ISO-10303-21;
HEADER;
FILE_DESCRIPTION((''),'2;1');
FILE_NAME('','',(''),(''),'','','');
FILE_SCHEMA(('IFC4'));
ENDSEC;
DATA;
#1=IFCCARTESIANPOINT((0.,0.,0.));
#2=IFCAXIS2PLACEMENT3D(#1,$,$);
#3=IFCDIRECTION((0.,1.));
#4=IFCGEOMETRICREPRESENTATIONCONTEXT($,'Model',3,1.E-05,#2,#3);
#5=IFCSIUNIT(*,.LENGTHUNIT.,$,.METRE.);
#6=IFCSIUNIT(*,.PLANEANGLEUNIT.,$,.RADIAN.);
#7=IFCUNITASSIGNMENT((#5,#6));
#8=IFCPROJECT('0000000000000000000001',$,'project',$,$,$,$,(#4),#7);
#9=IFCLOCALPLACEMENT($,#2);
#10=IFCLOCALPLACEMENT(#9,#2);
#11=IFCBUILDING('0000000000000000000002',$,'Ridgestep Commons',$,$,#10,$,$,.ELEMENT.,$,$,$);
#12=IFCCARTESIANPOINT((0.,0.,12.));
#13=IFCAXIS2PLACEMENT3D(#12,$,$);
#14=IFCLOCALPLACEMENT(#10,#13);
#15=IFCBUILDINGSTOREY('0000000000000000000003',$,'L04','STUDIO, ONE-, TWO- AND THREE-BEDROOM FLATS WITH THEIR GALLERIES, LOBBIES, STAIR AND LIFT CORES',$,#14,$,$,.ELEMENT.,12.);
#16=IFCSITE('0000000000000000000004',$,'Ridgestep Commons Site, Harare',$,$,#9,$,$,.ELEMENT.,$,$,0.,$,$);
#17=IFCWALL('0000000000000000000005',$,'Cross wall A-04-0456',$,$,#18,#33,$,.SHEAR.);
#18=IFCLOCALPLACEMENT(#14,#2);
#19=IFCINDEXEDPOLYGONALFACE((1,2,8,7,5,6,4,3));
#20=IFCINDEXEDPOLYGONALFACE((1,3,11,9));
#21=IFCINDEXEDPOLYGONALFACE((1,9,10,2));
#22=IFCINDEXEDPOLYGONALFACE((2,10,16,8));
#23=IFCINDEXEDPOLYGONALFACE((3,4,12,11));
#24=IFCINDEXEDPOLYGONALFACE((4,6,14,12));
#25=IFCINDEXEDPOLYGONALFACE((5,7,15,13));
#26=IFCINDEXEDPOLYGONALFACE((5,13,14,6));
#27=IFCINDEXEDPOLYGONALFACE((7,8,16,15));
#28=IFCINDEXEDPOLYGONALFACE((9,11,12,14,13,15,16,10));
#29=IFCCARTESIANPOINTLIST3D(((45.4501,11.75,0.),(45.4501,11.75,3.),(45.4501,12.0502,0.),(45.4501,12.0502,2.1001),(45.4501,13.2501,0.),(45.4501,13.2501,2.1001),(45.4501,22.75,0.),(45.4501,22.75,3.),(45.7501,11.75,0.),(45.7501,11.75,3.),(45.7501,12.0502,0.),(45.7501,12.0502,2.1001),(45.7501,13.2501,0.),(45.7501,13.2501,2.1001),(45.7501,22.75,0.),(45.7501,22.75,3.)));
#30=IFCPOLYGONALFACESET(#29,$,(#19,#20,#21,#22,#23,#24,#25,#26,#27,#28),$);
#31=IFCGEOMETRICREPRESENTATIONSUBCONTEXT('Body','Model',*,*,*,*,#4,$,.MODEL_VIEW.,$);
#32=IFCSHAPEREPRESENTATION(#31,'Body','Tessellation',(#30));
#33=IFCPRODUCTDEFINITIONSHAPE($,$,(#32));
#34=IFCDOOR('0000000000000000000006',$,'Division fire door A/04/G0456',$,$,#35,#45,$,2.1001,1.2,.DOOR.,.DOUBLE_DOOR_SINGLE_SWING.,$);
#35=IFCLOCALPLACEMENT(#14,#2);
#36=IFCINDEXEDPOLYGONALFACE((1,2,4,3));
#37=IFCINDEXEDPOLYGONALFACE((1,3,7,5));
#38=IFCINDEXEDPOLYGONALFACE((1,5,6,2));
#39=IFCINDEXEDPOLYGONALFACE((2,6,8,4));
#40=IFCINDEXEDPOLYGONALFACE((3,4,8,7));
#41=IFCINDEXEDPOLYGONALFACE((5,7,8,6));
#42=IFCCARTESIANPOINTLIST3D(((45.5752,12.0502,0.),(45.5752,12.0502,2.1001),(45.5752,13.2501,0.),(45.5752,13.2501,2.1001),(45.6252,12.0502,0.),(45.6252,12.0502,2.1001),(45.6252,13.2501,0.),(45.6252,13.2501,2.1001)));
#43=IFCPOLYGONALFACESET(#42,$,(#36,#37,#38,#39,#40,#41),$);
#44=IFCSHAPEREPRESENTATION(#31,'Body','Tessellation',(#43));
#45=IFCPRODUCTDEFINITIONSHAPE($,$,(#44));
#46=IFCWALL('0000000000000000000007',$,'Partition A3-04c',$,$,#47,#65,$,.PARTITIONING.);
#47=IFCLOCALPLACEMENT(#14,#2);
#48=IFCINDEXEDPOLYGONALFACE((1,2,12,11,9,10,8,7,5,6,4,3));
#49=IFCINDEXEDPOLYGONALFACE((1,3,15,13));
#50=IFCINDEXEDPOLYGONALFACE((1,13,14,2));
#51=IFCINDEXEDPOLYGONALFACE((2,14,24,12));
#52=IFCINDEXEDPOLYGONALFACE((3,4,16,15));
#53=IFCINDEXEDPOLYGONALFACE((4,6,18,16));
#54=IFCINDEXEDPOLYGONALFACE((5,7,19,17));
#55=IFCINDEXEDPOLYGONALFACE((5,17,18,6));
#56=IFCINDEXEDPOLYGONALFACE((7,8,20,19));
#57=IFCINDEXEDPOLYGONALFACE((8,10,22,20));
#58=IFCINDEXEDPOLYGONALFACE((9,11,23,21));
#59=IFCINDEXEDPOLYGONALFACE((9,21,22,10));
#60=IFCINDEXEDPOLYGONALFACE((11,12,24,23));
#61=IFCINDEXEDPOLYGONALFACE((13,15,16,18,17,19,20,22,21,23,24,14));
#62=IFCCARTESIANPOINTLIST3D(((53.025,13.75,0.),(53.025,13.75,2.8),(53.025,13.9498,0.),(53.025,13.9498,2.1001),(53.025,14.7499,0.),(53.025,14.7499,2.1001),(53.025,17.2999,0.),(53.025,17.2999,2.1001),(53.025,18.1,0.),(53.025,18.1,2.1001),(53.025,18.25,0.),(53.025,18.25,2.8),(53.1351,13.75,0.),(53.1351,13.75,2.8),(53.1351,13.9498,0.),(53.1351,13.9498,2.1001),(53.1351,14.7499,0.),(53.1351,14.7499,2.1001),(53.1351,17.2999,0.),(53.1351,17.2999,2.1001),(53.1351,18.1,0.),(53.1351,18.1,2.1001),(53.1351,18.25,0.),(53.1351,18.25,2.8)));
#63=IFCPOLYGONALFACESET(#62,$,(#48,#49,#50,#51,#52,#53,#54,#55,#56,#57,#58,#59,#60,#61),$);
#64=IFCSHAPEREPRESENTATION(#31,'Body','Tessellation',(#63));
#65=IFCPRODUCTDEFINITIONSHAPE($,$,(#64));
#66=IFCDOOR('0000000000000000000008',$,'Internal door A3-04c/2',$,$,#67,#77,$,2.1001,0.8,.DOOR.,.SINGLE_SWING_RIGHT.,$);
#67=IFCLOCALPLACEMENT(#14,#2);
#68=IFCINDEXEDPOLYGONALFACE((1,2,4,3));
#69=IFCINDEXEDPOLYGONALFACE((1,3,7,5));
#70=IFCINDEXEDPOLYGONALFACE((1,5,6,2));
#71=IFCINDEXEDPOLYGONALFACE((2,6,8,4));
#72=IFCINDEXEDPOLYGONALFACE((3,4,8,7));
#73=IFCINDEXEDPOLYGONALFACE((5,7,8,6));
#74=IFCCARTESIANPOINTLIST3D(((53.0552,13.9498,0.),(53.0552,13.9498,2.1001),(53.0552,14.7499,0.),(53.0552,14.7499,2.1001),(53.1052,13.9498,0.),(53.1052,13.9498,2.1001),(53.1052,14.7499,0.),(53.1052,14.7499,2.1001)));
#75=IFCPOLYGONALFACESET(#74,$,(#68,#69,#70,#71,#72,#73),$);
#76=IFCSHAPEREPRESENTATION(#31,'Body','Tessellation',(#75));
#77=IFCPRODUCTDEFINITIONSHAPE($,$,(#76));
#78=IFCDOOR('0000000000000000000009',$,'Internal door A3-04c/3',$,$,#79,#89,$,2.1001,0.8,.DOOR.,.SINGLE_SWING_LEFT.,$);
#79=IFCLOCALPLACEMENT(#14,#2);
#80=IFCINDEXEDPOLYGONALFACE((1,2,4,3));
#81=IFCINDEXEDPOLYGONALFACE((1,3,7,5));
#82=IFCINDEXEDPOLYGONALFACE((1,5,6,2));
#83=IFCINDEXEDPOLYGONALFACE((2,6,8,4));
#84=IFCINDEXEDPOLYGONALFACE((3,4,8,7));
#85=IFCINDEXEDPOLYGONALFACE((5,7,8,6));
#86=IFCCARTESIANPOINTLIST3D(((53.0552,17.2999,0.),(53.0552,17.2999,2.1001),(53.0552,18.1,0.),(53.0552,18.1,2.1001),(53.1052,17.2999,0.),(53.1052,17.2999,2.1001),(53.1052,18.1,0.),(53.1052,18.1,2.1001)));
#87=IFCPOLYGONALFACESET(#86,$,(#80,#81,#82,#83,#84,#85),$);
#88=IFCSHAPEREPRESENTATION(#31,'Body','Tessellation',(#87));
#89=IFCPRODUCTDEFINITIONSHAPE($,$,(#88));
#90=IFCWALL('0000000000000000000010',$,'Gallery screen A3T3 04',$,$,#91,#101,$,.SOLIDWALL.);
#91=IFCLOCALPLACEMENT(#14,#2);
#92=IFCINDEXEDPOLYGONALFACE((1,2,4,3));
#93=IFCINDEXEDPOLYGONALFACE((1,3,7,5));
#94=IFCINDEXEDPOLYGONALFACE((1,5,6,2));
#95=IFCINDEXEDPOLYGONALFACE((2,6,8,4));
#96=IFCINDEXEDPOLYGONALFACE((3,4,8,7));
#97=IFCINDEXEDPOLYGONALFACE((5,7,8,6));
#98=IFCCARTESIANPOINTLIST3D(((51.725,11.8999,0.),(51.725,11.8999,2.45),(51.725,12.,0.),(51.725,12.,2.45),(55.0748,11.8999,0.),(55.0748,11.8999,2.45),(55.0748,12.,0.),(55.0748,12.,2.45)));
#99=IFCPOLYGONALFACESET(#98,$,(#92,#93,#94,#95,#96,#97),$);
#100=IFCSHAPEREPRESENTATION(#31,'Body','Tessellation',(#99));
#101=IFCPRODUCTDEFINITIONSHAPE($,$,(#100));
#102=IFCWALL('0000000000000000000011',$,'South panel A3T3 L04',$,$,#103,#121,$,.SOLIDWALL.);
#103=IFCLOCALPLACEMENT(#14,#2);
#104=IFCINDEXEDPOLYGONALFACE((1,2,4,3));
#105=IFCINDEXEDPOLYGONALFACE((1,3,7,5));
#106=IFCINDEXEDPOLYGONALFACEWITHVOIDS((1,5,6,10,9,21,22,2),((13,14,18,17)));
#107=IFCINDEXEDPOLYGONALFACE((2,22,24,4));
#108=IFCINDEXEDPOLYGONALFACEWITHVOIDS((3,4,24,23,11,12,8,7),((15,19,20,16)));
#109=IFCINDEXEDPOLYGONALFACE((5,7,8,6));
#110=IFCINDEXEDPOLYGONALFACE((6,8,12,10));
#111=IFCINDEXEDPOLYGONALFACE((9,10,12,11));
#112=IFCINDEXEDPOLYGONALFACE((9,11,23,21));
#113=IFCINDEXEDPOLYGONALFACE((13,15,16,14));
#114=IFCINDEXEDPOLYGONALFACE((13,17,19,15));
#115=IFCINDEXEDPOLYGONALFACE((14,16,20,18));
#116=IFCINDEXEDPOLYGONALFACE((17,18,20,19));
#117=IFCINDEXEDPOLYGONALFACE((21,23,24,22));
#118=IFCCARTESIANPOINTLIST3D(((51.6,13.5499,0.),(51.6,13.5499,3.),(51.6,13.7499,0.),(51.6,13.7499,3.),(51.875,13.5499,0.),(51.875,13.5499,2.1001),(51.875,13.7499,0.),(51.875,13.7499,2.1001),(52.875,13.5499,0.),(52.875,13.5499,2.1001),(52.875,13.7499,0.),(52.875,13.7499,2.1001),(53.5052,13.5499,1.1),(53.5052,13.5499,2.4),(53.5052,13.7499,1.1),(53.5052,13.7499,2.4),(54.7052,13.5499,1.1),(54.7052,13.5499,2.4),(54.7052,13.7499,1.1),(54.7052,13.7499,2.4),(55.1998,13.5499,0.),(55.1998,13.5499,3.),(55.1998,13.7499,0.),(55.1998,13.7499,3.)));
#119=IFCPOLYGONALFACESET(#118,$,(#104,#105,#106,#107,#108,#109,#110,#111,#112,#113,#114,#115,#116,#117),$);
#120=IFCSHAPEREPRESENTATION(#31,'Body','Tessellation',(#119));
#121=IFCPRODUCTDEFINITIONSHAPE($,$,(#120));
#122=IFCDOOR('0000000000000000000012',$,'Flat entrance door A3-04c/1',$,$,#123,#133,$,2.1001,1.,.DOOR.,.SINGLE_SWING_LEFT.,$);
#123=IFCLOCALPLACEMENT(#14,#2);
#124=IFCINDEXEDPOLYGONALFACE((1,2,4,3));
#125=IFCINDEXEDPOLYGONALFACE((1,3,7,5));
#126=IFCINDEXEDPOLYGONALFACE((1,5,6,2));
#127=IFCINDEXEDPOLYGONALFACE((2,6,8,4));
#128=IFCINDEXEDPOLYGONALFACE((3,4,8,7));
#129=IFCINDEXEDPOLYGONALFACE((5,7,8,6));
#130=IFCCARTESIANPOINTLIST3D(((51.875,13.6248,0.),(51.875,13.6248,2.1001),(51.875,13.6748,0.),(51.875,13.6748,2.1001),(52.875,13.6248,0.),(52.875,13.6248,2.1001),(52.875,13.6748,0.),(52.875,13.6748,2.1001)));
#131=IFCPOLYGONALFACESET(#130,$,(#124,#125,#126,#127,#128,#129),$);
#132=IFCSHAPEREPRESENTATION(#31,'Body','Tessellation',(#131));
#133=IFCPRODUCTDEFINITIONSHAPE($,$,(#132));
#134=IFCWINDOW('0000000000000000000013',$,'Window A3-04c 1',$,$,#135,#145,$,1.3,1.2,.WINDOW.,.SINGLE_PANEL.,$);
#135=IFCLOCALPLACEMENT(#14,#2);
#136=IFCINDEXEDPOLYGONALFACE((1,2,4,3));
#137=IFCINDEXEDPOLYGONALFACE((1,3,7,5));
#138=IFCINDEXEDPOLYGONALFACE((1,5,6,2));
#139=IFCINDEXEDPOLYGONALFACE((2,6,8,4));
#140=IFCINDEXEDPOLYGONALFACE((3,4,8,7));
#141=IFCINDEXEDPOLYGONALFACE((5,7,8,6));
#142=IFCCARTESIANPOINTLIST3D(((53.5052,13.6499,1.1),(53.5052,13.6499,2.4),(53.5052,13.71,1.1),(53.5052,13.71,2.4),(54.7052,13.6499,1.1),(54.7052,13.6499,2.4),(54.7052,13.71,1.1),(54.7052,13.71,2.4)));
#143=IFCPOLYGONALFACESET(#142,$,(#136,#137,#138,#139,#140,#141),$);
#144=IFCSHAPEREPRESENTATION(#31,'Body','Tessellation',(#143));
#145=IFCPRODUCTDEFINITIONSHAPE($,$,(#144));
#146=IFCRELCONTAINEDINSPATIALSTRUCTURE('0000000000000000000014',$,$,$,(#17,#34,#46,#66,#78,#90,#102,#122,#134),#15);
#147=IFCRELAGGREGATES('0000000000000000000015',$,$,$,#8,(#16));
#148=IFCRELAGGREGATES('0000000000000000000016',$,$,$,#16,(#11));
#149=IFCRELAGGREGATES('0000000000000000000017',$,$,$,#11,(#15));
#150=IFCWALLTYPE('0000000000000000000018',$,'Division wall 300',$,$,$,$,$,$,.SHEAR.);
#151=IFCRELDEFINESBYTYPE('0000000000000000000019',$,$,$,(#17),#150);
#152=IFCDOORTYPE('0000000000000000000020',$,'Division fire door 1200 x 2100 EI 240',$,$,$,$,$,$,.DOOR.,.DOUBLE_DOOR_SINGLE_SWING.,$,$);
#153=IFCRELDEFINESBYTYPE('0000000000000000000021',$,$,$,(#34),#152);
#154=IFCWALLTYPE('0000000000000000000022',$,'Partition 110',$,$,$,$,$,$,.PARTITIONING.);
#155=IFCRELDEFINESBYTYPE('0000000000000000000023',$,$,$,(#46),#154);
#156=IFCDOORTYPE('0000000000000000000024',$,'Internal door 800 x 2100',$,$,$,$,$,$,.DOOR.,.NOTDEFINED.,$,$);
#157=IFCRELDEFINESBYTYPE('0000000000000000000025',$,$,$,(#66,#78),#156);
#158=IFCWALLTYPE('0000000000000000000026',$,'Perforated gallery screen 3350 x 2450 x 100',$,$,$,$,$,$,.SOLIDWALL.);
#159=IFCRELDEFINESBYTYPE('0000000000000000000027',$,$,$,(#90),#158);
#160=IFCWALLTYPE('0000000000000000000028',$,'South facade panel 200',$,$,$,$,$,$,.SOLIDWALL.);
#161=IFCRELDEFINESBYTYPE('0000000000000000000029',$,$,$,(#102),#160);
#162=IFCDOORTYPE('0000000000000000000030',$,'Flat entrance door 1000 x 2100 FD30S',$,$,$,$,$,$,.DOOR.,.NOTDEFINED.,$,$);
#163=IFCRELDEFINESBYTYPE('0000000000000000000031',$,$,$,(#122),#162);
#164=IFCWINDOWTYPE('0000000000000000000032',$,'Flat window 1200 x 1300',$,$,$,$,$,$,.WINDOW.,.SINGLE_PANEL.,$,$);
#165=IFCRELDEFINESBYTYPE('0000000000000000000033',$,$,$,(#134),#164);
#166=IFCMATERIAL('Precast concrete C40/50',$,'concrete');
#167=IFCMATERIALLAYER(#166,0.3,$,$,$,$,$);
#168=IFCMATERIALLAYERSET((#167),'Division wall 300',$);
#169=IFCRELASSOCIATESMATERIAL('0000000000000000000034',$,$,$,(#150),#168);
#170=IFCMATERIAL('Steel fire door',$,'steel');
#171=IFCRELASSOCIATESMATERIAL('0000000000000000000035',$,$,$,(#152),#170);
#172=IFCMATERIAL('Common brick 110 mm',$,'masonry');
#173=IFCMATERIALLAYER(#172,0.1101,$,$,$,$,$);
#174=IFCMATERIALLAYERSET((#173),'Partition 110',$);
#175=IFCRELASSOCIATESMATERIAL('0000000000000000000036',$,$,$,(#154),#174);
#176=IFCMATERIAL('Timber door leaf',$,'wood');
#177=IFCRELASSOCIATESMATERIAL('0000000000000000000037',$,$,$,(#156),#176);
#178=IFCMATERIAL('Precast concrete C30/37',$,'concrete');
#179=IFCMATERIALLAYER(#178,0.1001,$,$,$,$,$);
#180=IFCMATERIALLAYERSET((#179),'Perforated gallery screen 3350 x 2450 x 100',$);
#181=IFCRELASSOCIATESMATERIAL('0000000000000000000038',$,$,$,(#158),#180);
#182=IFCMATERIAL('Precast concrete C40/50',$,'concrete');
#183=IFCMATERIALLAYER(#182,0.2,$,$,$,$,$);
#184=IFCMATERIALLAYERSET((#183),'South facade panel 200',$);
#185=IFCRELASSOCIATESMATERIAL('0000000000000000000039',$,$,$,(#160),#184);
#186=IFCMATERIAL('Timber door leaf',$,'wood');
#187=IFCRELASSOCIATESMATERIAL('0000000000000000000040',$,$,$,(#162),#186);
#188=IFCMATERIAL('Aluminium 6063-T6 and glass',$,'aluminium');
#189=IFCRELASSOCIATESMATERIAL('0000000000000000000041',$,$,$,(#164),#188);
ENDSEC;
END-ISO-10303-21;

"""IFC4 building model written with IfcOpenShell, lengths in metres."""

from ifc_helpers import new_model, si_unit, direction, frame, frame_2d, origin, place, context, subcontext, project, spatial, rectangle, extrude, material, layer, layer_set, type_object, element, fill, save


model = new_model("IFC4")

# Units and contexts
model_context = context("Model", 3, precision=1e-05, world=origin(), true_north=direction((0.0, 1.0)))
body_context = subcontext(model_context, "Body", "Model", "MODEL_VIEW")
ifc_project = project(units=[si_unit("LENGTHUNIT", "METRE"), si_unit("PLANEANGLEUNIT", "RADIAN")], contexts=[model_context])

# Site, building, storey
site_placement = place(None, origin())
site = spatial("IfcSite", under=ifc_project, at=site_placement, Name="Ridgestep Commons Site, Harare", CompositionType="ELEMENT", RefElevation=0.0)
building_placement = place(site_placement, origin())
building = spatial("IfcBuilding", under=site, at=building_placement, Name="Ridgestep Commons", CompositionType="ELEMENT")
storey_placement = place(building_placement, frame((0.0, 0.0, 12.0)))
storey = spatial("IfcBuildingStorey", under=building, at=storey_placement, Name="L04", Description="STUDIO, ONE-, TWO- AND THREE-BEDROOM FLATS WITH THEIR GALLERIES, LOBBIES, STAIR AND LIFT CORES", CompositionType="ELEMENT", Elevation=12.0)

# Wall, opening, door
ifc_material_1 = material(Name="Precast concrete C40/50", Category="concrete")
ifc_layer_1 = layer(ifc_material_1, 0.3)
ifc_layer_set_1 = layer_set([ifc_layer_1], Name="Division wall 300")
wall_type_1 = type_object("IfcWallType", Name="Division wall 300", PredefinedType="SHEAR", material=ifc_layer_set_1)
wall_1_placement = place(storey_placement, frame((45.6001, 11.75, 0.0), z_axis=(0.0, 0.0, 1.0), x_axis=(0.0, 1.0, 0.0)))
wall_1 = element("IfcWall", 1, at=wall_1_placement, inside=storey, type_object=wall_type_1, Name="Cross wall A-04-0456", PredefinedType="SHEAR", context=body_context, shape_type="SweptSolid", body=[
    extrude(rectangle(XDim=11.0, YDim=0.3, at=frame_2d((5.5, 0.0))), origin(), (0.0, 0.0, 1.0), 3.0),
])
opening_1_placement = place(wall_1_placement, frame((0.3, 0.0, 0.0)))
opening_1 = element("IfcOpeningElement", 2, at=opening_1_placement, cuts=wall_1, PredefinedType="OPENING", context=body_context, shape_type="SweptSolid", body=[
    extrude(rectangle(XDim=1.2, YDim=2.1001, at=frame_2d((0.6001, 1.05))), frame((0.0, 0.1599, 0.0), z_axis=(0.0, -1.0, 0.0), x_axis=(1.0, 0.0, 0.0)), (0.0, 0.0, 1.0), 0.3201),
])
ifc_material_2 = material(Name="Steel fire door", Category="steel")
door_type_1 = type_object("IfcDoorType", Name="Division fire door 1200 x 2100 EI 240", OperationType="DOUBLE_DOOR_SINGLE_SWING", PredefinedType="DOOR", material=ifc_material_2)
door_1_placement = place(opening_1_placement, origin())
door_1 = element("IfcDoor", 3, at=door_1_placement, inside=storey, type_object=door_type_1, Name="Division fire door A/04/G0456", OperationType="DOUBLE_DOOR_SINGLE_SWING", OverallHeight=2.1001, OverallWidth=1.2, PredefinedType="DOOR", context=body_context, shape_type="SweptSolid", body=[
    extrude(rectangle(XDim=1.2, YDim=2.1001, at=frame_2d((0.6001, 1.05))), frame((0.0, 0.0249, 0.0), z_axis=(0.0, -1.0, 0.0), x_axis=(1.0, 0.0, 0.0)), (0.0, 0.0, 1.0), 0.05),
])
fill(opening_1, door_1)

# Wall, openings, doors
ifc_material_3 = material(Name="Common brick 110 mm", Category="masonry")
ifc_layer_2 = layer(ifc_material_3, 0.1101)
ifc_layer_set_2 = layer_set([ifc_layer_2], Name="Partition 110")
wall_type_2 = type_object("IfcWallType", Name="Partition 110", PredefinedType="PARTITIONING", material=ifc_layer_set_2)
wall_2_placement = place(storey_placement, frame((53.0801, 13.75, 0.0), z_axis=(0.0, 0.0, 1.0), x_axis=(0.0, 1.0, 0.0)))
wall_2 = element("IfcWall", 4, at=wall_2_placement, inside=storey, type_object=wall_type_2, Name="Partition A3-04c", PredefinedType="PARTITIONING", context=body_context, shape_type="SweptSolid", body=[
    extrude(rectangle(XDim=4.5, YDim=0.1101, at=frame_2d((2.25, 0.0))), origin(), (0.0, 0.0, 1.0), 2.8),
])
opening_2_placement = place(wall_2_placement, frame((0.2, 0.0, 0.0)))
opening_2 = element("IfcOpeningElement", 5, at=opening_2_placement, cuts=wall_2, PredefinedType="OPENING", context=body_context, shape_type="SweptSolid", body=[
    extrude(rectangle(XDim=0.8, YDim=2.1001, at=frame_2d((0.3999, 1.05))), frame((0.0, 0.0649, 0.0), z_axis=(0.0, -1.0, 0.0), x_axis=(1.0, 0.0, 0.0)), (0.0, 0.0, 1.0), 0.1301),
])
opening_3_placement = place(wall_2_placement, frame((3.55, 0.0, 0.0)))
opening_3 = element("IfcOpeningElement", 6, at=opening_3_placement, cuts=wall_2, PredefinedType="OPENING", context=body_context, shape_type="SweptSolid", body=[
    extrude(rectangle(XDim=0.8, YDim=2.1001, at=frame_2d((0.3999, 1.05))), frame((0.0, 0.0649, 0.0), z_axis=(0.0, -1.0, 0.0), x_axis=(1.0, 0.0, 0.0)), (0.0, 0.0, 1.0), 0.1301),
])
ifc_material_4 = material(Name="Timber door leaf", Category="wood")
door_type_2 = type_object("IfcDoorType", Name="Internal door 800 x 2100", OperationType="NOTDEFINED", PredefinedType="DOOR", material=ifc_material_4)
door_2_placement = place(opening_2_placement, origin())
door_2 = element("IfcDoor", 7, at=door_2_placement, inside=storey, type_object=door_type_2, Name="Internal door A3-04c/2", OperationType="SINGLE_SWING_RIGHT", OverallHeight=2.1001, OverallWidth=0.8, PredefinedType="DOOR", context=body_context, shape_type="SweptSolid", body=[
    extrude(rectangle(XDim=0.8, YDim=2.1001, at=frame_2d((0.3999, 1.05))), frame((0.0, 0.0249, 0.0), z_axis=(0.0, -1.0, 0.0), x_axis=(1.0, 0.0, 0.0)), (0.0, 0.0, 1.0), 0.05),
])
fill(opening_2, door_2)
door_3_placement = place(opening_3_placement, origin())
door_3 = element("IfcDoor", 8, at=door_3_placement, inside=storey, type_object=door_type_2, Name="Internal door A3-04c/3", OperationType="SINGLE_SWING_LEFT", OverallHeight=2.1001, OverallWidth=0.8, PredefinedType="DOOR", context=body_context, shape_type="SweptSolid", body=[
    extrude(rectangle(XDim=0.8, YDim=2.1001, at=frame_2d((0.3999, 1.05))), frame((0.0, 0.0249, 0.0), z_axis=(0.0, -1.0, 0.0), x_axis=(1.0, 0.0, 0.0)), (0.0, 0.0, 1.0), 0.05),
])
fill(opening_3, door_3)

# Wall
ifc_material_5 = material(Name="Precast concrete C30/37", Category="concrete")
ifc_layer_3 = layer(ifc_material_5, 0.1001)
ifc_layer_set_3 = layer_set([ifc_layer_3], Name="Perforated gallery screen 3350 x 2450 x 100")
wall_type_3 = type_object("IfcWallType", Name="Perforated gallery screen 3350 x 2450 x 100", PredefinedType="SOLIDWALL", material=ifc_layer_set_3)
wall_3_placement = place(storey_placement, frame((51.7251, 11.95, 0.0), z_axis=(0.0, 0.0, 1.0), x_axis=(1.0, 0.0, 0.0)))
element("IfcWall", 9, at=wall_3_placement, inside=storey, type_object=wall_type_3, Name="Gallery screen A3T3 04", PredefinedType="SOLIDWALL", context=body_context, shape_type="SweptSolid", body=[
    extrude(rectangle(XDim=3.3499, YDim=0.1001, at=frame_2d((1.6748, 0.0))), origin(), (0.0, 0.0, 1.0), 2.45),
])

# Wall, openings, door, window
ifc_material_6 = material(Name="Precast concrete C40/50", Category="concrete")
ifc_layer_4 = layer(ifc_material_6, 0.2)
ifc_layer_set_4 = layer_set([ifc_layer_4], Name="South facade panel 200")
wall_type_4 = type_object("IfcWallType", Name="South facade panel 200", PredefinedType="SOLIDWALL", material=ifc_layer_set_4)
wall_4_placement = place(storey_placement, frame((51.6001, 13.6499, 0.0), z_axis=(0.0, 0.0, 1.0), x_axis=(1.0, 0.0, 0.0)))
wall_4 = element("IfcWall", 10, at=wall_4_placement, inside=storey, type_object=wall_type_4, Name="South panel A3T3 L04", PredefinedType="SOLIDWALL", context=body_context, shape_type="SweptSolid", body=[
    extrude(rectangle(XDim=3.5999, YDim=0.2, at=frame_2d((1.7998, 0.0))), origin(), (0.0, 0.0, 1.0), 3.0),
])
opening_4_placement = place(wall_4_placement, frame((1.905, 0.0, 1.1001)))
opening_4 = element("IfcOpeningElement", 11, at=opening_4_placement, cuts=wall_4, PredefinedType="OPENING", context=body_context, shape_type="SweptSolid", body=[
    extrude(rectangle(XDim=1.2, YDim=1.3, at=frame_2d((0.6001, 0.6499))), frame((0.0, 0.1099, 0.0), z_axis=(0.0, -1.0, 0.0), x_axis=(1.0, 0.0, 0.0)), (0.0, 0.0, 1.0), 0.22),
])
opening_5_placement = place(wall_4_placement, frame((0.2749, 0.0, 0.0)))
opening_5 = element("IfcOpeningElement", 12, at=opening_5_placement, cuts=wall_4, PredefinedType="OPENING", context=body_context, shape_type="SweptSolid", body=[
    extrude(rectangle(XDim=1.0, YDim=2.1001, at=frame_2d((0.5, 1.05))), frame((0.0, 0.1099, 0.0), z_axis=(0.0, -1.0, 0.0), x_axis=(1.0, 0.0, 0.0)), (0.0, 0.0, 1.0), 0.22),
])
ifc_material_7 = material(Name="Timber door leaf", Category="wood")
door_type_3 = type_object("IfcDoorType", Name="Flat entrance door 1000 x 2100 FD30S", OperationType="NOTDEFINED", PredefinedType="DOOR", material=ifc_material_7)
door_4_placement = place(opening_5_placement, origin())
door_4 = element("IfcDoor", 13, at=door_4_placement, inside=storey, type_object=door_type_3, Name="Flat entrance door A3-04c/1", OperationType="SINGLE_SWING_LEFT", OverallHeight=2.1001, OverallWidth=1.0, PredefinedType="DOOR", context=body_context, shape_type="SweptSolid", body=[
    extrude(rectangle(XDim=1.0, YDim=2.1001, at=frame_2d((0.5, 1.05))), frame((0.0, 0.0249, 0.0), z_axis=(0.0, -1.0, 0.0), x_axis=(1.0, 0.0, 0.0)), (0.0, 0.0, 1.0), 0.05),
])
fill(opening_5, door_4)
ifc_material_8 = material(Name="Aluminium 6063-T6 and glass", Category="aluminium")
window_type = type_object("IfcWindowType", Name="Flat window 1200 x 1300", PartitioningType="SINGLE_PANEL", PredefinedType="WINDOW", material=ifc_material_8)
window_placement = place(opening_4_placement, origin())
window = element("IfcWindow", 14, at=window_placement, inside=storey, type_object=window_type, Name="Window A3-04c 1", OverallHeight=1.3, OverallWidth=1.2, PartitioningType="SINGLE_PANEL", PredefinedType="WINDOW", context=body_context, shape_type="SweptSolid", body=[
    extrude(rectangle(XDim=1.2, YDim=1.3, at=frame_2d((0.6001, 0.6499))), frame((0.0, 0.0601, 0.0), z_axis=(0.0, -1.0, 0.0), x_axis=(1.0, 0.0, 0.0)), (0.0, 0.0, 1.0), 0.0601),
])
fill(opening_4, window)

save(model, "model.ifc")
